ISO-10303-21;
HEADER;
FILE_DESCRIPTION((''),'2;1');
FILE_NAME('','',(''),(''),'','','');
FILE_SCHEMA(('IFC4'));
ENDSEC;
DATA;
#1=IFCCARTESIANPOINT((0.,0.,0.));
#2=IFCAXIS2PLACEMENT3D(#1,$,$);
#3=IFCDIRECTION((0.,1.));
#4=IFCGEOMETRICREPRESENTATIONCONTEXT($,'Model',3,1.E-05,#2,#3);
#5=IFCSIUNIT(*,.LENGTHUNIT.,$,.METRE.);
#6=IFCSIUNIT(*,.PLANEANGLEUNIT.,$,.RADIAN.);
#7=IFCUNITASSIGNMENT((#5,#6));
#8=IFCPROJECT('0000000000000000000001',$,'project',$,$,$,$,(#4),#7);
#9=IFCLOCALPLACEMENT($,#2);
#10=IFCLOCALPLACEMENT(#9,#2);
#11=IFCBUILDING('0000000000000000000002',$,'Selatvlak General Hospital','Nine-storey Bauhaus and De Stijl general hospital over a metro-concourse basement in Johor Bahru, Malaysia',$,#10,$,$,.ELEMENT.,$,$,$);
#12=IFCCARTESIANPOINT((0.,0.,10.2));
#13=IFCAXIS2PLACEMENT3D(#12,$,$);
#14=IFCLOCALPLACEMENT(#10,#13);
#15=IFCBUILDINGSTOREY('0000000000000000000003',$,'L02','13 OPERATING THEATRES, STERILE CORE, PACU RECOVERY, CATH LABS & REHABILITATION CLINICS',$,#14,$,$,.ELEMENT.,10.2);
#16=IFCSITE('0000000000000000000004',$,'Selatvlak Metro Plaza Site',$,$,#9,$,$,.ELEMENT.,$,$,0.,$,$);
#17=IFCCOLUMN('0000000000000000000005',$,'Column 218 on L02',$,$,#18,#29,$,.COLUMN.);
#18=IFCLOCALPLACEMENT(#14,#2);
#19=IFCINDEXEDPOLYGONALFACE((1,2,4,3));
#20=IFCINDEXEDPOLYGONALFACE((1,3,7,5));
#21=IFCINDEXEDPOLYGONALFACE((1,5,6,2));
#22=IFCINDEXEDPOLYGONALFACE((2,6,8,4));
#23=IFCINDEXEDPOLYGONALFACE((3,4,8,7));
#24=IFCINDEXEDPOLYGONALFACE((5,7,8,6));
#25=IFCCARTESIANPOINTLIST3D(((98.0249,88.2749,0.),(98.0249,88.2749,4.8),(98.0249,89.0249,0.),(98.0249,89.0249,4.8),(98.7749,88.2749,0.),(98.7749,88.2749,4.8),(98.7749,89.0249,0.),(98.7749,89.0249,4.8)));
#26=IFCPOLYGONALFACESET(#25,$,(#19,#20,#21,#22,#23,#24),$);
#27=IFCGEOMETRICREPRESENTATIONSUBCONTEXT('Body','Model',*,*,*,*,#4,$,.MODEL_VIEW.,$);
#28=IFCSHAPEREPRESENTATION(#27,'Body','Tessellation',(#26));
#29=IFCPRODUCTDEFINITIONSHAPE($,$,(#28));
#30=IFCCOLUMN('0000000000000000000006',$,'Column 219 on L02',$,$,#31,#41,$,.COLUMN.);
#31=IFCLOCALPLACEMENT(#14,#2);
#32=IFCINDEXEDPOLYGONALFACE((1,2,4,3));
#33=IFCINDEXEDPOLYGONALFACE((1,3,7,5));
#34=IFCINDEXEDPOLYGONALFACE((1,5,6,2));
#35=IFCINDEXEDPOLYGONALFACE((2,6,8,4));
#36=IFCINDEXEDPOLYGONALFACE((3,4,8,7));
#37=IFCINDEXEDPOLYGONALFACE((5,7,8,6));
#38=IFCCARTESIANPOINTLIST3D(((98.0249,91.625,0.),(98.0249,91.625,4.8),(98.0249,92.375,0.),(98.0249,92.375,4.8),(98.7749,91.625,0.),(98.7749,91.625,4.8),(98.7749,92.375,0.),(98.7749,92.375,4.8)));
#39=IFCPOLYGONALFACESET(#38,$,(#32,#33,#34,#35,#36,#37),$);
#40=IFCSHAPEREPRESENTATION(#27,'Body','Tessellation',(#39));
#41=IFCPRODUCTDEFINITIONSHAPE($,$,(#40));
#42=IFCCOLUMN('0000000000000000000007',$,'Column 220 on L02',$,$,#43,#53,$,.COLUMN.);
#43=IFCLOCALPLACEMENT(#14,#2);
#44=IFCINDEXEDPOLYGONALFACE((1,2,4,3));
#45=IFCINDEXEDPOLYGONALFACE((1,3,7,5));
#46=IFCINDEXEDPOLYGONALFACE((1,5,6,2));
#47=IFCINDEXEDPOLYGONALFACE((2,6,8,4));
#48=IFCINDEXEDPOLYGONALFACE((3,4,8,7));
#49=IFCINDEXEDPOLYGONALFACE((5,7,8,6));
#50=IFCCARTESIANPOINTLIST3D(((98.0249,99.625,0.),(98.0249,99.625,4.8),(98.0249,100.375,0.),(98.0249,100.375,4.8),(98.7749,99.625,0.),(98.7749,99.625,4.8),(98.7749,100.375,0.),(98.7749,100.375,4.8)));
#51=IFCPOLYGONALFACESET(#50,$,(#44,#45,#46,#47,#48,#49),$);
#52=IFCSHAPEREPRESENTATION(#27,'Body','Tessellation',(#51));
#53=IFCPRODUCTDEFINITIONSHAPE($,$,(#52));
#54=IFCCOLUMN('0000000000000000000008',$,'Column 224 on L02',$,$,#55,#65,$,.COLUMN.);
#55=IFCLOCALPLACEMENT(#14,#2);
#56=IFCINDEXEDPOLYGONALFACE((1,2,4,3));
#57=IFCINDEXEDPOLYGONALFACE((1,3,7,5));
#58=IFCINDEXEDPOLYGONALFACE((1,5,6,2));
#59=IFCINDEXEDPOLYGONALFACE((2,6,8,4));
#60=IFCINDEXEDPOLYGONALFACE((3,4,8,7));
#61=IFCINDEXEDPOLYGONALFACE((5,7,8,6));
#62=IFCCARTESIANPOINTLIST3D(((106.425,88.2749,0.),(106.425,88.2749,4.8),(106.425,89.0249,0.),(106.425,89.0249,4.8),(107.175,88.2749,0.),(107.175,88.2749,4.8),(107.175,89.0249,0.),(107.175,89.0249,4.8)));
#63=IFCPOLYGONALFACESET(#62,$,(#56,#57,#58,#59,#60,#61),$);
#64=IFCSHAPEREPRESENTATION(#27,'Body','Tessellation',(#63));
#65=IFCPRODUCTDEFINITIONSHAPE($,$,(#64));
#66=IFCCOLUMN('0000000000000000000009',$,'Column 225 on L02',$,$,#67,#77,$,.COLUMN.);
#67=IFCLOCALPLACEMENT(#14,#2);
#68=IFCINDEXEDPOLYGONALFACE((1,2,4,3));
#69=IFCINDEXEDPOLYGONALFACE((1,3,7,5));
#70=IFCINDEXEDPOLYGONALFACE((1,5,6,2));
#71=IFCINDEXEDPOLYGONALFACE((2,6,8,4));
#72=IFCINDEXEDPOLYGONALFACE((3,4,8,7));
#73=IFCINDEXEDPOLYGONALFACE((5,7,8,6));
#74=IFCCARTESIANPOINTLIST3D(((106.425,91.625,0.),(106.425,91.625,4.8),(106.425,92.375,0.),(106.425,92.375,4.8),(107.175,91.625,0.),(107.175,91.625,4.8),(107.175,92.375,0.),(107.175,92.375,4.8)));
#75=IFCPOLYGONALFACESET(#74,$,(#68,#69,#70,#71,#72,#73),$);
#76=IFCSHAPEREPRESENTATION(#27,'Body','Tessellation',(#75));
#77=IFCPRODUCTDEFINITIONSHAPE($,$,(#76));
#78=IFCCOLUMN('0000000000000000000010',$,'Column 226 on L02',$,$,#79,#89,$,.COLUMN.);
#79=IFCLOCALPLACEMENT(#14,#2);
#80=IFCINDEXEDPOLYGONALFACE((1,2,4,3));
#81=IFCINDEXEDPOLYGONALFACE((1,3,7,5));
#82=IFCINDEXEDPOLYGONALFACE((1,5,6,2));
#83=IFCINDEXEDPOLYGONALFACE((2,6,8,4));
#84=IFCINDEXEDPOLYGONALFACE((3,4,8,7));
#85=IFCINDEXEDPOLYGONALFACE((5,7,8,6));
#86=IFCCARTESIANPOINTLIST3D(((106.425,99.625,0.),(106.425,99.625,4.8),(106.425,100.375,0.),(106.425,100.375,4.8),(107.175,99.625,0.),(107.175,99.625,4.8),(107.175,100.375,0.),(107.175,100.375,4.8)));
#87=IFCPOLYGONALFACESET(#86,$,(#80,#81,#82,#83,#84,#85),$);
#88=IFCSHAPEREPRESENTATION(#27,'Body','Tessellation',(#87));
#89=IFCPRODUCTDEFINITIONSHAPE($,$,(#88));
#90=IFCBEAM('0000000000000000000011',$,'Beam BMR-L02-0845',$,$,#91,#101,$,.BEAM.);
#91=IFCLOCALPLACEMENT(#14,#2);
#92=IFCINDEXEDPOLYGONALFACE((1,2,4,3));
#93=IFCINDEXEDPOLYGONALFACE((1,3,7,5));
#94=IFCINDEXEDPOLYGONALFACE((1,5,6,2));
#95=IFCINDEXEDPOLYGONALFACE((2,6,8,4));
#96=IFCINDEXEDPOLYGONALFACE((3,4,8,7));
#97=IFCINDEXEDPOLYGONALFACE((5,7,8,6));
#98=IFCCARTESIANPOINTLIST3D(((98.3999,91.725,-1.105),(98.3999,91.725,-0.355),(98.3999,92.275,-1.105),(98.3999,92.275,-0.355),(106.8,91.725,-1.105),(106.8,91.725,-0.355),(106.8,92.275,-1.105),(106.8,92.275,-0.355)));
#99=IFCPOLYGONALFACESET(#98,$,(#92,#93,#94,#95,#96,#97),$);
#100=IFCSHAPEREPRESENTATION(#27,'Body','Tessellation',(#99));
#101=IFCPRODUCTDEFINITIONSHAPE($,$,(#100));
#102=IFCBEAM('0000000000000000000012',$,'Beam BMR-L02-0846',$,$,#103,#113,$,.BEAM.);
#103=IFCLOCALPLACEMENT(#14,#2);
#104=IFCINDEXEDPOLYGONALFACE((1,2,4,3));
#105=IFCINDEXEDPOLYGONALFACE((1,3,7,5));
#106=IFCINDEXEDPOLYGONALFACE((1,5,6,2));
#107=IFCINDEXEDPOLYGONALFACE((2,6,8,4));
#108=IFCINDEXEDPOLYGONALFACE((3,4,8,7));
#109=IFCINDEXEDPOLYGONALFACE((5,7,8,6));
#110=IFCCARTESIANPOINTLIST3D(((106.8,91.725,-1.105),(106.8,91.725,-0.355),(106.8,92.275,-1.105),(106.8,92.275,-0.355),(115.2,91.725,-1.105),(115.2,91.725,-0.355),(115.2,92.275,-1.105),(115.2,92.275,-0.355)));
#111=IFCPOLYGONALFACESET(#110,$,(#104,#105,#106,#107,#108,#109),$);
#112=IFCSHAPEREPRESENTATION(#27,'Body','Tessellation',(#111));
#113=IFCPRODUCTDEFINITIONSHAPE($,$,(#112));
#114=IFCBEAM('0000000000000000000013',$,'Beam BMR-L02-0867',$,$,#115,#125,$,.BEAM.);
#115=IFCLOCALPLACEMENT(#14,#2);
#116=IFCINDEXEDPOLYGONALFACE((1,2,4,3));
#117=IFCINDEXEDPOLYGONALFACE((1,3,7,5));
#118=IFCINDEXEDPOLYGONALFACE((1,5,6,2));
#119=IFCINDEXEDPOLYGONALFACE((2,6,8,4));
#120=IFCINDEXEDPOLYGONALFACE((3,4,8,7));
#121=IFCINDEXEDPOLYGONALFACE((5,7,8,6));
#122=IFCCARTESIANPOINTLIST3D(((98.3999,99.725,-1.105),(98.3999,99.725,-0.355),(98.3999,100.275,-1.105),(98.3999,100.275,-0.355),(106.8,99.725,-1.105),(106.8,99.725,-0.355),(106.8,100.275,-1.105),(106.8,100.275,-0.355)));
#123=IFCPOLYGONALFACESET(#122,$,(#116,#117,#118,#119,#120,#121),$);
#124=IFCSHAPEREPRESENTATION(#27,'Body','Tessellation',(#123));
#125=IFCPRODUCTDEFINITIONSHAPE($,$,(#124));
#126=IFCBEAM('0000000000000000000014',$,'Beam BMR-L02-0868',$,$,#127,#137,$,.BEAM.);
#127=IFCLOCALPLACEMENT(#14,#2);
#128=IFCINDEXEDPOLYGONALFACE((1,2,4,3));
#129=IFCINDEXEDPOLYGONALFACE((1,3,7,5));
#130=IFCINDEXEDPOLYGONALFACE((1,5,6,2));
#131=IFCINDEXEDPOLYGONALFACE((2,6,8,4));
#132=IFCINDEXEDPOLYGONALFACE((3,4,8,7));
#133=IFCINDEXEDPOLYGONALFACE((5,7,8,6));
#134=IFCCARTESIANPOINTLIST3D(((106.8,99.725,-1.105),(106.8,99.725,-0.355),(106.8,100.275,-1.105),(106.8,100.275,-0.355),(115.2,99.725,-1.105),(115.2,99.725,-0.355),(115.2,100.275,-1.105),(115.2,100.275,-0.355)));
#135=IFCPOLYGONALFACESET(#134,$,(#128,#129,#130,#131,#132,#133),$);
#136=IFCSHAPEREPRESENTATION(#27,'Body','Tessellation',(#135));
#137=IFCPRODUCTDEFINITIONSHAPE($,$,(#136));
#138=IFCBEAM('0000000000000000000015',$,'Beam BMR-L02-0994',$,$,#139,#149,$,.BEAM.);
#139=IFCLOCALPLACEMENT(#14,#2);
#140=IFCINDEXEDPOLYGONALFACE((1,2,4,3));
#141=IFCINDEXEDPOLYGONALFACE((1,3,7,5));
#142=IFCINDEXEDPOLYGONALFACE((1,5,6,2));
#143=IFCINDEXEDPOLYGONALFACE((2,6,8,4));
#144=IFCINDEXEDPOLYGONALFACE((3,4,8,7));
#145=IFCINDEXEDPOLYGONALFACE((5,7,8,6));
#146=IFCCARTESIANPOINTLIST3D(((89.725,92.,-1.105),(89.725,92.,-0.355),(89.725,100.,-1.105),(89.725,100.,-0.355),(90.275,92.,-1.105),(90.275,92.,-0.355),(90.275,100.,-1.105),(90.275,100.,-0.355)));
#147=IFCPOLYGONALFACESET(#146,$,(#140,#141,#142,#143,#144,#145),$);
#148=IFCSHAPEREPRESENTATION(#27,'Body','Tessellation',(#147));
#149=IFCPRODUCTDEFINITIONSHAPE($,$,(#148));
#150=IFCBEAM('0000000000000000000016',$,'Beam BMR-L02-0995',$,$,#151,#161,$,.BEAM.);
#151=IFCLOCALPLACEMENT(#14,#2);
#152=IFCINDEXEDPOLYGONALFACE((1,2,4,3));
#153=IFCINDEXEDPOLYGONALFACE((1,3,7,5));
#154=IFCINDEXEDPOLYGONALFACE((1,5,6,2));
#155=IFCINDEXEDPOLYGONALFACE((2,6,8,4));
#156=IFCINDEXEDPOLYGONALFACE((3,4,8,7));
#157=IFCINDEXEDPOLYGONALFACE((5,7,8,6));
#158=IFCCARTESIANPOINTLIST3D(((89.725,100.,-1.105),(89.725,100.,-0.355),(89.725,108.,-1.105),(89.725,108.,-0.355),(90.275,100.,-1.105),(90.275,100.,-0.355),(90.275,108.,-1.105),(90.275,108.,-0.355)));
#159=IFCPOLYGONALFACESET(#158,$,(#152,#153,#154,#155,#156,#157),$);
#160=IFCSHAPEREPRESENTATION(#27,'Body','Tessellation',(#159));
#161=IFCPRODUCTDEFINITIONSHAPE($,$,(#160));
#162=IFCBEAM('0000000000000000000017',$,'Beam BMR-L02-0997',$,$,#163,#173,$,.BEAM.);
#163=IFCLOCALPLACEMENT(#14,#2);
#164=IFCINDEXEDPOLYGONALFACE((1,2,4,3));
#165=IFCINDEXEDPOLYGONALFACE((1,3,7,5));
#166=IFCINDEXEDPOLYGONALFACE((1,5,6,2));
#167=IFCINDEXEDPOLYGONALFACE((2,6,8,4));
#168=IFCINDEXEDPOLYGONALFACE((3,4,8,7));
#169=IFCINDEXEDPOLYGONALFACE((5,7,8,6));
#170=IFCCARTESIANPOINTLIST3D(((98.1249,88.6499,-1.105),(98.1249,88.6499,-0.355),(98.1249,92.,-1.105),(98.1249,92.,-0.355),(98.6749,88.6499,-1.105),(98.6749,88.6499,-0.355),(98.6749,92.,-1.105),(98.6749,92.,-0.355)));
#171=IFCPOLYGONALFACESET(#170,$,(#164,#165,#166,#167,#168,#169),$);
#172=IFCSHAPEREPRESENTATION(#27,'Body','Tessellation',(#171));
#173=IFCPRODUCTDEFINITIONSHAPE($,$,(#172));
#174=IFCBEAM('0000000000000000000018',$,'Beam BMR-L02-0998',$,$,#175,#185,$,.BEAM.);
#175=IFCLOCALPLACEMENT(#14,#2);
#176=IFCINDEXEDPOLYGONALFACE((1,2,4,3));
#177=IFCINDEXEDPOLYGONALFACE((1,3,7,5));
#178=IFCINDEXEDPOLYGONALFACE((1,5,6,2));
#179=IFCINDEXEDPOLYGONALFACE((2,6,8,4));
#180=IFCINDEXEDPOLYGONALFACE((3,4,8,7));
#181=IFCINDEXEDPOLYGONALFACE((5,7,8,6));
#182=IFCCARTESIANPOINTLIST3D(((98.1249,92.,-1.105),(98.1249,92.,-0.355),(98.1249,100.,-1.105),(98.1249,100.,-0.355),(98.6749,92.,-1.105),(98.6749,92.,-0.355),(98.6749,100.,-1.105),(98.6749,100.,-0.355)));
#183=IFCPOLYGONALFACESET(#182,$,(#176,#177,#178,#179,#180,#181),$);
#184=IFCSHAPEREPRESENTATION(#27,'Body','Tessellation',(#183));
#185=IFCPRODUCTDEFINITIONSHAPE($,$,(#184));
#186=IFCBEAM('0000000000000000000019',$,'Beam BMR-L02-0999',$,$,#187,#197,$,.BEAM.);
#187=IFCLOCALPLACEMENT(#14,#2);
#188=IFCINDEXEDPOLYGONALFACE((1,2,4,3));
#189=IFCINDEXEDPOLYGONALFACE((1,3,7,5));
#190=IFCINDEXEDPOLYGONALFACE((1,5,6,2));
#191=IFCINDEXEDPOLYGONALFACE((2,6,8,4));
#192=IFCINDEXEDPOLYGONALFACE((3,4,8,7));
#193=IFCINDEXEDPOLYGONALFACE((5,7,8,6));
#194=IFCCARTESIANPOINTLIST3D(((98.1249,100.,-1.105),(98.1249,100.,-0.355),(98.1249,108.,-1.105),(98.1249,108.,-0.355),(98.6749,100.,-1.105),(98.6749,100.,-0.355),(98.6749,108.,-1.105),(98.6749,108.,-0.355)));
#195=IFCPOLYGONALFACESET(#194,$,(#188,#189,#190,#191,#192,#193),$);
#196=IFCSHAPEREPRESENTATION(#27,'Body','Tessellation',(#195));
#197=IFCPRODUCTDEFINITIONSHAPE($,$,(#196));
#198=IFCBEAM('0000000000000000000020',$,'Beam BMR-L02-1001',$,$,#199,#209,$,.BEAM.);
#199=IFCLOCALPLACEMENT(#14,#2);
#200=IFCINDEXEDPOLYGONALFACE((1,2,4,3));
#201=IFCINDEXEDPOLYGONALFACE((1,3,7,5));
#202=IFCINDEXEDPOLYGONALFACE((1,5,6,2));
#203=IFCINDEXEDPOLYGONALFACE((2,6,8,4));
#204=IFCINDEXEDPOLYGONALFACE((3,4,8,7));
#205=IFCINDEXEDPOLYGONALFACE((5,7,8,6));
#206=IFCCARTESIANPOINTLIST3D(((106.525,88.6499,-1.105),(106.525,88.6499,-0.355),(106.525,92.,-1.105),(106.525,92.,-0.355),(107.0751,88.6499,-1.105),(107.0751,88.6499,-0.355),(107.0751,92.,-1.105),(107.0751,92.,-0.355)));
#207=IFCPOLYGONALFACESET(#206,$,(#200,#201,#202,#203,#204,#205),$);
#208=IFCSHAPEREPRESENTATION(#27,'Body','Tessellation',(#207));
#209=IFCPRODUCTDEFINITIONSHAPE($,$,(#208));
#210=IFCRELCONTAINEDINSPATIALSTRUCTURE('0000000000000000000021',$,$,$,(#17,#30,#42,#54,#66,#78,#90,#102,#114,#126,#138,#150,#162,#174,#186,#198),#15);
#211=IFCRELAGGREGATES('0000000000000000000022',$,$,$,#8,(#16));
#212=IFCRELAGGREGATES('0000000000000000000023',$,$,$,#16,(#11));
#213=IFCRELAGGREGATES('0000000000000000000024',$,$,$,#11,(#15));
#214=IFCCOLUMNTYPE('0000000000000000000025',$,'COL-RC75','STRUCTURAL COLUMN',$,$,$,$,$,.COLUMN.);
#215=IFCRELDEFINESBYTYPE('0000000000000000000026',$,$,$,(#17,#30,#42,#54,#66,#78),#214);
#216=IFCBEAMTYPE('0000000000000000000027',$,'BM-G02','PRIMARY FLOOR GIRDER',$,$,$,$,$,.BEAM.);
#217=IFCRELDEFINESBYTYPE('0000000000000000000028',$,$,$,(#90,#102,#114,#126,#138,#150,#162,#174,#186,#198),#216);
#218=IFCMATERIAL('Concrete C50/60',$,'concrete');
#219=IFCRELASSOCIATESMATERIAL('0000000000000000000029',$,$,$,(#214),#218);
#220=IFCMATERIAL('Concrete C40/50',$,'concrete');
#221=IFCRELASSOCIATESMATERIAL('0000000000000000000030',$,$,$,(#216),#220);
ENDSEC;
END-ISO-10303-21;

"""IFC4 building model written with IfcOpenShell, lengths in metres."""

from ifc_helpers import new_model, si_unit, direction, frame, origin, origin_2d, place, context, subcontext, project, spatial, rectangle, extrude, material, material_profile, profile_set, type_object, element, save


model = new_model("IFC4")

# Units and contexts
model_context = context("Model", 3, precision=1e-05, world=origin(), true_north=direction((0.0, 1.0)))
body_context = subcontext(model_context, "Body", "Model", "MODEL_VIEW")
ifc_project = project(units=[si_unit("LENGTHUNIT", "METRE"), si_unit("PLANEANGLEUNIT", "RADIAN")], contexts=[model_context])

# Site, building, storey
site_placement = place(None, origin())
site = spatial("IfcSite", under=ifc_project, at=site_placement, Name="Selatvlak Metro Plaza Site", CompositionType="ELEMENT", RefElevation=0.0)
building_placement = place(site_placement, origin())
building = spatial("IfcBuilding", under=site, at=building_placement, Name="Selatvlak General Hospital", Description="Nine-storey Bauhaus and De Stijl general hospital over a metro-concourse basement in Johor Bahru, Malaysia", CompositionType="ELEMENT")
storey_placement = place(building_placement, frame((0.0, 0.0, 10.2)))
storey = spatial("IfcBuildingStorey", under=building, at=storey_placement, Name="L02", Description="13 OPERATING THEATRES, STERILE CORE, PACU RECOVERY, CATH LABS & REHABILITATION CLINICS", CompositionType="ELEMENT", Elevation=10.2)

# Columns
ifc_material_1 = material(Name="Concrete C50/60", Category="concrete")
ifc_material_profile_1 = material_profile(ifc_material_1, rectangle(XDim=0.75, YDim=0.75, at=origin_2d()), Name="RC-COL 750x750")
ifc_profile_set_1 = profile_set([ifc_material_profile_1], Name="Concrete C50/60")
column_type = type_object("IfcColumnType", Name="COL-RC75", Description="STRUCTURAL COLUMN", PredefinedType="COLUMN", material=ifc_profile_set_1)
for number, where, z_axis, x_axis, name in (
    (1, (98.3999, 88.6499, 0.0), (0.0, 0.0, 1.0), (1.0, 0.0, 0.0), "Column 218 on L02"),
    (2, (98.3999, 92.0, 0.0), (0.0, 0.0, 1.0), (1.0, 0.0, 0.0), "Column 219 on L02"),
    (3, (98.3999, 100.0, 0.0), (0.0, 0.0, 1.0), (1.0, 0.0, 0.0), "Column 220 on L02"),
    (4, (106.8, 88.6499, 0.0), (0.0, 0.0, 1.0), (1.0, 0.0, 0.0), "Column 224 on L02"),
    (5, (106.8, 92.0, 0.0), (0.0, 0.0, 1.0), (1.0, 0.0, 0.0), "Column 225 on L02"),
    (6, (106.8, 100.0, 0.0), (0.0, 0.0, 1.0), (1.0, 0.0, 0.0), "Column 226 on L02"),
):
    element("IfcColumn", number, at=place(storey_placement, frame(where, z_axis=z_axis, x_axis=x_axis)), inside=storey, type_object=column_type, Name=name, PredefinedType="COLUMN", context=body_context, shape_type="SweptSolid", body=[
        extrude(rectangle(XDim=0.75, YDim=0.75, at=origin_2d()), origin(), (0.0, 0.0, 1.0), 4.8),
    ])

# Beams
ifc_material_2 = material(Name="Concrete C40/50", Category="concrete")
ifc_material_profile_2 = material_profile(ifc_material_2, rectangle(XDim=0.55, YDim=0.75, at=origin_2d()), Name="RC-BM 550x750")
ifc_profile_set_2 = profile_set([ifc_material_profile_2], Name="Concrete C40/50")
beam_type_1 = type_object("IfcBeamType", Name="BM-G02", Description="PRIMARY FLOOR GIRDER", PredefinedType="BEAM", material=ifc_profile_set_2)
beam_1_placement = place(storey_placement, frame((98.3999, 92.0, -0.73), z_axis=(1.0, 0.0, 0.0), x_axis=(0.0, 1.0, 0.0)))
element("IfcBeam", 7, at=beam_1_placement, inside=storey, type_object=beam_type_1, Name="Beam BMR-L02-0845", PredefinedType="BEAM", context=body_context, shape_type="SweptSolid", body=[
    extrude(rectangle(XDim=0.55, YDim=0.75, at=origin_2d()), origin(), (0.0, 0.0, 1.0), 8.4001),
])
beam_2_placement = place(storey_placement, frame((106.8, 92.0, -0.73), z_axis=(1.0, 0.0, 0.0), x_axis=(0.0, 1.0, 0.0)))
element("IfcBeam", 8, at=beam_2_placement, inside=storey, type_object=beam_type_1, Name="Beam BMR-L02-0846", PredefinedType="BEAM", context=body_context, shape_type="SweptSolid", body=[
    extrude(rectangle(XDim=0.55, YDim=0.75, at=origin_2d()), origin(), (0.0, 0.0, 1.0), 8.3999),
])
beam_3_placement = place(storey_placement, frame((98.3999, 100.0, -0.73), z_axis=(1.0, 0.0, 0.0), x_axis=(0.0, 1.0, 0.0)))
element("IfcBeam", 9, at=beam_3_placement, inside=storey, type_object=beam_type_1, Name="Beam BMR-L02-0867", PredefinedType="BEAM", context=body_context, shape_type="SweptSolid", body=[
    extrude(rectangle(XDim=0.55, YDim=0.75, at=origin_2d()), origin(), (0.0, 0.0, 1.0), 8.4001),
])
beam_4_placement = place(storey_placement, frame((106.8, 100.0, -0.73), z_axis=(1.0, 0.0, 0.0), x_axis=(0.0, 1.0, 0.0)))
element("IfcBeam", 10, at=beam_4_placement, inside=storey, type_object=beam_type_1, Name="Beam BMR-L02-0868", PredefinedType="BEAM", context=body_context, shape_type="SweptSolid", body=[
    extrude(rectangle(XDim=0.55, YDim=0.75, at=origin_2d()), origin(), (0.0, 0.0, 1.0), 8.3999),
])
for number, where, z_axis, x_axis, name in (
    (11, (90.0, 92.0, -0.73), (0.0, 1.0, 0.0), (-1.0, 0.0, 0.0), "Beam BMR-L02-0994"),
    (12, (90.0, 100.0, -0.73), (0.0, 1.0, 0.0), (-1.0, 0.0, 0.0), "Beam BMR-L02-0995"),
):
    element("IfcBeam", number, at=place(storey_placement, frame(where, z_axis=z_axis, x_axis=x_axis)), inside=storey, type_object=beam_type_1, Name=name, PredefinedType="BEAM", context=body_context, shape_type="SweptSolid", body=[
        extrude(rectangle(XDim=0.55, YDim=0.75, at=origin_2d()), origin(), (0.0, 0.0, 1.0), 8.0),
    ])
beam_5_placement = place(storey_placement, frame((98.3999, 88.6499, -0.73), z_axis=(0.0, 1.0, 0.0), x_axis=(-1.0, 0.0, 0.0)))
element("IfcBeam", 13, at=beam_5_placement, inside=storey, type_object=beam_type_1, Name="Beam BMR-L02-0997", PredefinedType="BEAM", context=body_context, shape_type="SweptSolid", body=[
    extrude(rectangle(XDim=0.55, YDim=0.75, at=origin_2d()), origin(), (0.0, 0.0, 1.0), 3.3501),
])
for number, where, z_axis, x_axis, name in (
    (14, (98.3999, 92.0, -0.73), (0.0, 1.0, 0.0), (-1.0, 0.0, 0.0), "Beam BMR-L02-0998"),
    (15, (98.3999, 100.0, -0.73), (0.0, 1.0, 0.0), (-1.0, 0.0, 0.0), "Beam BMR-L02-0999"),
):
    element("IfcBeam", number, at=place(storey_placement, frame(where, z_axis=z_axis, x_axis=x_axis)), inside=storey, type_object=beam_type_1, Name=name, PredefinedType="BEAM", context=body_context, shape_type="SweptSolid", body=[
        extrude(rectangle(XDim=0.55, YDim=0.75, at=origin_2d()), origin(), (0.0, 0.0, 1.0), 8.0),
    ])
beam_6_placement = place(storey_placement, frame((106.8, 88.6499, -0.73), z_axis=(0.0, 1.0, 0.0), x_axis=(-1.0, 0.0, 0.0)))
element("IfcBeam", 16, at=beam_6_placement, inside=storey, type_object=beam_type_1, Name="Beam BMR-L02-1001", PredefinedType="BEAM", context=body_context, shape_type="SweptSolid", body=[
    extrude(rectangle(XDim=0.55, YDim=0.75, at=origin_2d()), origin(), (0.0, 0.0, 1.0), 3.3501),
])

save(model, "model.ifc")
